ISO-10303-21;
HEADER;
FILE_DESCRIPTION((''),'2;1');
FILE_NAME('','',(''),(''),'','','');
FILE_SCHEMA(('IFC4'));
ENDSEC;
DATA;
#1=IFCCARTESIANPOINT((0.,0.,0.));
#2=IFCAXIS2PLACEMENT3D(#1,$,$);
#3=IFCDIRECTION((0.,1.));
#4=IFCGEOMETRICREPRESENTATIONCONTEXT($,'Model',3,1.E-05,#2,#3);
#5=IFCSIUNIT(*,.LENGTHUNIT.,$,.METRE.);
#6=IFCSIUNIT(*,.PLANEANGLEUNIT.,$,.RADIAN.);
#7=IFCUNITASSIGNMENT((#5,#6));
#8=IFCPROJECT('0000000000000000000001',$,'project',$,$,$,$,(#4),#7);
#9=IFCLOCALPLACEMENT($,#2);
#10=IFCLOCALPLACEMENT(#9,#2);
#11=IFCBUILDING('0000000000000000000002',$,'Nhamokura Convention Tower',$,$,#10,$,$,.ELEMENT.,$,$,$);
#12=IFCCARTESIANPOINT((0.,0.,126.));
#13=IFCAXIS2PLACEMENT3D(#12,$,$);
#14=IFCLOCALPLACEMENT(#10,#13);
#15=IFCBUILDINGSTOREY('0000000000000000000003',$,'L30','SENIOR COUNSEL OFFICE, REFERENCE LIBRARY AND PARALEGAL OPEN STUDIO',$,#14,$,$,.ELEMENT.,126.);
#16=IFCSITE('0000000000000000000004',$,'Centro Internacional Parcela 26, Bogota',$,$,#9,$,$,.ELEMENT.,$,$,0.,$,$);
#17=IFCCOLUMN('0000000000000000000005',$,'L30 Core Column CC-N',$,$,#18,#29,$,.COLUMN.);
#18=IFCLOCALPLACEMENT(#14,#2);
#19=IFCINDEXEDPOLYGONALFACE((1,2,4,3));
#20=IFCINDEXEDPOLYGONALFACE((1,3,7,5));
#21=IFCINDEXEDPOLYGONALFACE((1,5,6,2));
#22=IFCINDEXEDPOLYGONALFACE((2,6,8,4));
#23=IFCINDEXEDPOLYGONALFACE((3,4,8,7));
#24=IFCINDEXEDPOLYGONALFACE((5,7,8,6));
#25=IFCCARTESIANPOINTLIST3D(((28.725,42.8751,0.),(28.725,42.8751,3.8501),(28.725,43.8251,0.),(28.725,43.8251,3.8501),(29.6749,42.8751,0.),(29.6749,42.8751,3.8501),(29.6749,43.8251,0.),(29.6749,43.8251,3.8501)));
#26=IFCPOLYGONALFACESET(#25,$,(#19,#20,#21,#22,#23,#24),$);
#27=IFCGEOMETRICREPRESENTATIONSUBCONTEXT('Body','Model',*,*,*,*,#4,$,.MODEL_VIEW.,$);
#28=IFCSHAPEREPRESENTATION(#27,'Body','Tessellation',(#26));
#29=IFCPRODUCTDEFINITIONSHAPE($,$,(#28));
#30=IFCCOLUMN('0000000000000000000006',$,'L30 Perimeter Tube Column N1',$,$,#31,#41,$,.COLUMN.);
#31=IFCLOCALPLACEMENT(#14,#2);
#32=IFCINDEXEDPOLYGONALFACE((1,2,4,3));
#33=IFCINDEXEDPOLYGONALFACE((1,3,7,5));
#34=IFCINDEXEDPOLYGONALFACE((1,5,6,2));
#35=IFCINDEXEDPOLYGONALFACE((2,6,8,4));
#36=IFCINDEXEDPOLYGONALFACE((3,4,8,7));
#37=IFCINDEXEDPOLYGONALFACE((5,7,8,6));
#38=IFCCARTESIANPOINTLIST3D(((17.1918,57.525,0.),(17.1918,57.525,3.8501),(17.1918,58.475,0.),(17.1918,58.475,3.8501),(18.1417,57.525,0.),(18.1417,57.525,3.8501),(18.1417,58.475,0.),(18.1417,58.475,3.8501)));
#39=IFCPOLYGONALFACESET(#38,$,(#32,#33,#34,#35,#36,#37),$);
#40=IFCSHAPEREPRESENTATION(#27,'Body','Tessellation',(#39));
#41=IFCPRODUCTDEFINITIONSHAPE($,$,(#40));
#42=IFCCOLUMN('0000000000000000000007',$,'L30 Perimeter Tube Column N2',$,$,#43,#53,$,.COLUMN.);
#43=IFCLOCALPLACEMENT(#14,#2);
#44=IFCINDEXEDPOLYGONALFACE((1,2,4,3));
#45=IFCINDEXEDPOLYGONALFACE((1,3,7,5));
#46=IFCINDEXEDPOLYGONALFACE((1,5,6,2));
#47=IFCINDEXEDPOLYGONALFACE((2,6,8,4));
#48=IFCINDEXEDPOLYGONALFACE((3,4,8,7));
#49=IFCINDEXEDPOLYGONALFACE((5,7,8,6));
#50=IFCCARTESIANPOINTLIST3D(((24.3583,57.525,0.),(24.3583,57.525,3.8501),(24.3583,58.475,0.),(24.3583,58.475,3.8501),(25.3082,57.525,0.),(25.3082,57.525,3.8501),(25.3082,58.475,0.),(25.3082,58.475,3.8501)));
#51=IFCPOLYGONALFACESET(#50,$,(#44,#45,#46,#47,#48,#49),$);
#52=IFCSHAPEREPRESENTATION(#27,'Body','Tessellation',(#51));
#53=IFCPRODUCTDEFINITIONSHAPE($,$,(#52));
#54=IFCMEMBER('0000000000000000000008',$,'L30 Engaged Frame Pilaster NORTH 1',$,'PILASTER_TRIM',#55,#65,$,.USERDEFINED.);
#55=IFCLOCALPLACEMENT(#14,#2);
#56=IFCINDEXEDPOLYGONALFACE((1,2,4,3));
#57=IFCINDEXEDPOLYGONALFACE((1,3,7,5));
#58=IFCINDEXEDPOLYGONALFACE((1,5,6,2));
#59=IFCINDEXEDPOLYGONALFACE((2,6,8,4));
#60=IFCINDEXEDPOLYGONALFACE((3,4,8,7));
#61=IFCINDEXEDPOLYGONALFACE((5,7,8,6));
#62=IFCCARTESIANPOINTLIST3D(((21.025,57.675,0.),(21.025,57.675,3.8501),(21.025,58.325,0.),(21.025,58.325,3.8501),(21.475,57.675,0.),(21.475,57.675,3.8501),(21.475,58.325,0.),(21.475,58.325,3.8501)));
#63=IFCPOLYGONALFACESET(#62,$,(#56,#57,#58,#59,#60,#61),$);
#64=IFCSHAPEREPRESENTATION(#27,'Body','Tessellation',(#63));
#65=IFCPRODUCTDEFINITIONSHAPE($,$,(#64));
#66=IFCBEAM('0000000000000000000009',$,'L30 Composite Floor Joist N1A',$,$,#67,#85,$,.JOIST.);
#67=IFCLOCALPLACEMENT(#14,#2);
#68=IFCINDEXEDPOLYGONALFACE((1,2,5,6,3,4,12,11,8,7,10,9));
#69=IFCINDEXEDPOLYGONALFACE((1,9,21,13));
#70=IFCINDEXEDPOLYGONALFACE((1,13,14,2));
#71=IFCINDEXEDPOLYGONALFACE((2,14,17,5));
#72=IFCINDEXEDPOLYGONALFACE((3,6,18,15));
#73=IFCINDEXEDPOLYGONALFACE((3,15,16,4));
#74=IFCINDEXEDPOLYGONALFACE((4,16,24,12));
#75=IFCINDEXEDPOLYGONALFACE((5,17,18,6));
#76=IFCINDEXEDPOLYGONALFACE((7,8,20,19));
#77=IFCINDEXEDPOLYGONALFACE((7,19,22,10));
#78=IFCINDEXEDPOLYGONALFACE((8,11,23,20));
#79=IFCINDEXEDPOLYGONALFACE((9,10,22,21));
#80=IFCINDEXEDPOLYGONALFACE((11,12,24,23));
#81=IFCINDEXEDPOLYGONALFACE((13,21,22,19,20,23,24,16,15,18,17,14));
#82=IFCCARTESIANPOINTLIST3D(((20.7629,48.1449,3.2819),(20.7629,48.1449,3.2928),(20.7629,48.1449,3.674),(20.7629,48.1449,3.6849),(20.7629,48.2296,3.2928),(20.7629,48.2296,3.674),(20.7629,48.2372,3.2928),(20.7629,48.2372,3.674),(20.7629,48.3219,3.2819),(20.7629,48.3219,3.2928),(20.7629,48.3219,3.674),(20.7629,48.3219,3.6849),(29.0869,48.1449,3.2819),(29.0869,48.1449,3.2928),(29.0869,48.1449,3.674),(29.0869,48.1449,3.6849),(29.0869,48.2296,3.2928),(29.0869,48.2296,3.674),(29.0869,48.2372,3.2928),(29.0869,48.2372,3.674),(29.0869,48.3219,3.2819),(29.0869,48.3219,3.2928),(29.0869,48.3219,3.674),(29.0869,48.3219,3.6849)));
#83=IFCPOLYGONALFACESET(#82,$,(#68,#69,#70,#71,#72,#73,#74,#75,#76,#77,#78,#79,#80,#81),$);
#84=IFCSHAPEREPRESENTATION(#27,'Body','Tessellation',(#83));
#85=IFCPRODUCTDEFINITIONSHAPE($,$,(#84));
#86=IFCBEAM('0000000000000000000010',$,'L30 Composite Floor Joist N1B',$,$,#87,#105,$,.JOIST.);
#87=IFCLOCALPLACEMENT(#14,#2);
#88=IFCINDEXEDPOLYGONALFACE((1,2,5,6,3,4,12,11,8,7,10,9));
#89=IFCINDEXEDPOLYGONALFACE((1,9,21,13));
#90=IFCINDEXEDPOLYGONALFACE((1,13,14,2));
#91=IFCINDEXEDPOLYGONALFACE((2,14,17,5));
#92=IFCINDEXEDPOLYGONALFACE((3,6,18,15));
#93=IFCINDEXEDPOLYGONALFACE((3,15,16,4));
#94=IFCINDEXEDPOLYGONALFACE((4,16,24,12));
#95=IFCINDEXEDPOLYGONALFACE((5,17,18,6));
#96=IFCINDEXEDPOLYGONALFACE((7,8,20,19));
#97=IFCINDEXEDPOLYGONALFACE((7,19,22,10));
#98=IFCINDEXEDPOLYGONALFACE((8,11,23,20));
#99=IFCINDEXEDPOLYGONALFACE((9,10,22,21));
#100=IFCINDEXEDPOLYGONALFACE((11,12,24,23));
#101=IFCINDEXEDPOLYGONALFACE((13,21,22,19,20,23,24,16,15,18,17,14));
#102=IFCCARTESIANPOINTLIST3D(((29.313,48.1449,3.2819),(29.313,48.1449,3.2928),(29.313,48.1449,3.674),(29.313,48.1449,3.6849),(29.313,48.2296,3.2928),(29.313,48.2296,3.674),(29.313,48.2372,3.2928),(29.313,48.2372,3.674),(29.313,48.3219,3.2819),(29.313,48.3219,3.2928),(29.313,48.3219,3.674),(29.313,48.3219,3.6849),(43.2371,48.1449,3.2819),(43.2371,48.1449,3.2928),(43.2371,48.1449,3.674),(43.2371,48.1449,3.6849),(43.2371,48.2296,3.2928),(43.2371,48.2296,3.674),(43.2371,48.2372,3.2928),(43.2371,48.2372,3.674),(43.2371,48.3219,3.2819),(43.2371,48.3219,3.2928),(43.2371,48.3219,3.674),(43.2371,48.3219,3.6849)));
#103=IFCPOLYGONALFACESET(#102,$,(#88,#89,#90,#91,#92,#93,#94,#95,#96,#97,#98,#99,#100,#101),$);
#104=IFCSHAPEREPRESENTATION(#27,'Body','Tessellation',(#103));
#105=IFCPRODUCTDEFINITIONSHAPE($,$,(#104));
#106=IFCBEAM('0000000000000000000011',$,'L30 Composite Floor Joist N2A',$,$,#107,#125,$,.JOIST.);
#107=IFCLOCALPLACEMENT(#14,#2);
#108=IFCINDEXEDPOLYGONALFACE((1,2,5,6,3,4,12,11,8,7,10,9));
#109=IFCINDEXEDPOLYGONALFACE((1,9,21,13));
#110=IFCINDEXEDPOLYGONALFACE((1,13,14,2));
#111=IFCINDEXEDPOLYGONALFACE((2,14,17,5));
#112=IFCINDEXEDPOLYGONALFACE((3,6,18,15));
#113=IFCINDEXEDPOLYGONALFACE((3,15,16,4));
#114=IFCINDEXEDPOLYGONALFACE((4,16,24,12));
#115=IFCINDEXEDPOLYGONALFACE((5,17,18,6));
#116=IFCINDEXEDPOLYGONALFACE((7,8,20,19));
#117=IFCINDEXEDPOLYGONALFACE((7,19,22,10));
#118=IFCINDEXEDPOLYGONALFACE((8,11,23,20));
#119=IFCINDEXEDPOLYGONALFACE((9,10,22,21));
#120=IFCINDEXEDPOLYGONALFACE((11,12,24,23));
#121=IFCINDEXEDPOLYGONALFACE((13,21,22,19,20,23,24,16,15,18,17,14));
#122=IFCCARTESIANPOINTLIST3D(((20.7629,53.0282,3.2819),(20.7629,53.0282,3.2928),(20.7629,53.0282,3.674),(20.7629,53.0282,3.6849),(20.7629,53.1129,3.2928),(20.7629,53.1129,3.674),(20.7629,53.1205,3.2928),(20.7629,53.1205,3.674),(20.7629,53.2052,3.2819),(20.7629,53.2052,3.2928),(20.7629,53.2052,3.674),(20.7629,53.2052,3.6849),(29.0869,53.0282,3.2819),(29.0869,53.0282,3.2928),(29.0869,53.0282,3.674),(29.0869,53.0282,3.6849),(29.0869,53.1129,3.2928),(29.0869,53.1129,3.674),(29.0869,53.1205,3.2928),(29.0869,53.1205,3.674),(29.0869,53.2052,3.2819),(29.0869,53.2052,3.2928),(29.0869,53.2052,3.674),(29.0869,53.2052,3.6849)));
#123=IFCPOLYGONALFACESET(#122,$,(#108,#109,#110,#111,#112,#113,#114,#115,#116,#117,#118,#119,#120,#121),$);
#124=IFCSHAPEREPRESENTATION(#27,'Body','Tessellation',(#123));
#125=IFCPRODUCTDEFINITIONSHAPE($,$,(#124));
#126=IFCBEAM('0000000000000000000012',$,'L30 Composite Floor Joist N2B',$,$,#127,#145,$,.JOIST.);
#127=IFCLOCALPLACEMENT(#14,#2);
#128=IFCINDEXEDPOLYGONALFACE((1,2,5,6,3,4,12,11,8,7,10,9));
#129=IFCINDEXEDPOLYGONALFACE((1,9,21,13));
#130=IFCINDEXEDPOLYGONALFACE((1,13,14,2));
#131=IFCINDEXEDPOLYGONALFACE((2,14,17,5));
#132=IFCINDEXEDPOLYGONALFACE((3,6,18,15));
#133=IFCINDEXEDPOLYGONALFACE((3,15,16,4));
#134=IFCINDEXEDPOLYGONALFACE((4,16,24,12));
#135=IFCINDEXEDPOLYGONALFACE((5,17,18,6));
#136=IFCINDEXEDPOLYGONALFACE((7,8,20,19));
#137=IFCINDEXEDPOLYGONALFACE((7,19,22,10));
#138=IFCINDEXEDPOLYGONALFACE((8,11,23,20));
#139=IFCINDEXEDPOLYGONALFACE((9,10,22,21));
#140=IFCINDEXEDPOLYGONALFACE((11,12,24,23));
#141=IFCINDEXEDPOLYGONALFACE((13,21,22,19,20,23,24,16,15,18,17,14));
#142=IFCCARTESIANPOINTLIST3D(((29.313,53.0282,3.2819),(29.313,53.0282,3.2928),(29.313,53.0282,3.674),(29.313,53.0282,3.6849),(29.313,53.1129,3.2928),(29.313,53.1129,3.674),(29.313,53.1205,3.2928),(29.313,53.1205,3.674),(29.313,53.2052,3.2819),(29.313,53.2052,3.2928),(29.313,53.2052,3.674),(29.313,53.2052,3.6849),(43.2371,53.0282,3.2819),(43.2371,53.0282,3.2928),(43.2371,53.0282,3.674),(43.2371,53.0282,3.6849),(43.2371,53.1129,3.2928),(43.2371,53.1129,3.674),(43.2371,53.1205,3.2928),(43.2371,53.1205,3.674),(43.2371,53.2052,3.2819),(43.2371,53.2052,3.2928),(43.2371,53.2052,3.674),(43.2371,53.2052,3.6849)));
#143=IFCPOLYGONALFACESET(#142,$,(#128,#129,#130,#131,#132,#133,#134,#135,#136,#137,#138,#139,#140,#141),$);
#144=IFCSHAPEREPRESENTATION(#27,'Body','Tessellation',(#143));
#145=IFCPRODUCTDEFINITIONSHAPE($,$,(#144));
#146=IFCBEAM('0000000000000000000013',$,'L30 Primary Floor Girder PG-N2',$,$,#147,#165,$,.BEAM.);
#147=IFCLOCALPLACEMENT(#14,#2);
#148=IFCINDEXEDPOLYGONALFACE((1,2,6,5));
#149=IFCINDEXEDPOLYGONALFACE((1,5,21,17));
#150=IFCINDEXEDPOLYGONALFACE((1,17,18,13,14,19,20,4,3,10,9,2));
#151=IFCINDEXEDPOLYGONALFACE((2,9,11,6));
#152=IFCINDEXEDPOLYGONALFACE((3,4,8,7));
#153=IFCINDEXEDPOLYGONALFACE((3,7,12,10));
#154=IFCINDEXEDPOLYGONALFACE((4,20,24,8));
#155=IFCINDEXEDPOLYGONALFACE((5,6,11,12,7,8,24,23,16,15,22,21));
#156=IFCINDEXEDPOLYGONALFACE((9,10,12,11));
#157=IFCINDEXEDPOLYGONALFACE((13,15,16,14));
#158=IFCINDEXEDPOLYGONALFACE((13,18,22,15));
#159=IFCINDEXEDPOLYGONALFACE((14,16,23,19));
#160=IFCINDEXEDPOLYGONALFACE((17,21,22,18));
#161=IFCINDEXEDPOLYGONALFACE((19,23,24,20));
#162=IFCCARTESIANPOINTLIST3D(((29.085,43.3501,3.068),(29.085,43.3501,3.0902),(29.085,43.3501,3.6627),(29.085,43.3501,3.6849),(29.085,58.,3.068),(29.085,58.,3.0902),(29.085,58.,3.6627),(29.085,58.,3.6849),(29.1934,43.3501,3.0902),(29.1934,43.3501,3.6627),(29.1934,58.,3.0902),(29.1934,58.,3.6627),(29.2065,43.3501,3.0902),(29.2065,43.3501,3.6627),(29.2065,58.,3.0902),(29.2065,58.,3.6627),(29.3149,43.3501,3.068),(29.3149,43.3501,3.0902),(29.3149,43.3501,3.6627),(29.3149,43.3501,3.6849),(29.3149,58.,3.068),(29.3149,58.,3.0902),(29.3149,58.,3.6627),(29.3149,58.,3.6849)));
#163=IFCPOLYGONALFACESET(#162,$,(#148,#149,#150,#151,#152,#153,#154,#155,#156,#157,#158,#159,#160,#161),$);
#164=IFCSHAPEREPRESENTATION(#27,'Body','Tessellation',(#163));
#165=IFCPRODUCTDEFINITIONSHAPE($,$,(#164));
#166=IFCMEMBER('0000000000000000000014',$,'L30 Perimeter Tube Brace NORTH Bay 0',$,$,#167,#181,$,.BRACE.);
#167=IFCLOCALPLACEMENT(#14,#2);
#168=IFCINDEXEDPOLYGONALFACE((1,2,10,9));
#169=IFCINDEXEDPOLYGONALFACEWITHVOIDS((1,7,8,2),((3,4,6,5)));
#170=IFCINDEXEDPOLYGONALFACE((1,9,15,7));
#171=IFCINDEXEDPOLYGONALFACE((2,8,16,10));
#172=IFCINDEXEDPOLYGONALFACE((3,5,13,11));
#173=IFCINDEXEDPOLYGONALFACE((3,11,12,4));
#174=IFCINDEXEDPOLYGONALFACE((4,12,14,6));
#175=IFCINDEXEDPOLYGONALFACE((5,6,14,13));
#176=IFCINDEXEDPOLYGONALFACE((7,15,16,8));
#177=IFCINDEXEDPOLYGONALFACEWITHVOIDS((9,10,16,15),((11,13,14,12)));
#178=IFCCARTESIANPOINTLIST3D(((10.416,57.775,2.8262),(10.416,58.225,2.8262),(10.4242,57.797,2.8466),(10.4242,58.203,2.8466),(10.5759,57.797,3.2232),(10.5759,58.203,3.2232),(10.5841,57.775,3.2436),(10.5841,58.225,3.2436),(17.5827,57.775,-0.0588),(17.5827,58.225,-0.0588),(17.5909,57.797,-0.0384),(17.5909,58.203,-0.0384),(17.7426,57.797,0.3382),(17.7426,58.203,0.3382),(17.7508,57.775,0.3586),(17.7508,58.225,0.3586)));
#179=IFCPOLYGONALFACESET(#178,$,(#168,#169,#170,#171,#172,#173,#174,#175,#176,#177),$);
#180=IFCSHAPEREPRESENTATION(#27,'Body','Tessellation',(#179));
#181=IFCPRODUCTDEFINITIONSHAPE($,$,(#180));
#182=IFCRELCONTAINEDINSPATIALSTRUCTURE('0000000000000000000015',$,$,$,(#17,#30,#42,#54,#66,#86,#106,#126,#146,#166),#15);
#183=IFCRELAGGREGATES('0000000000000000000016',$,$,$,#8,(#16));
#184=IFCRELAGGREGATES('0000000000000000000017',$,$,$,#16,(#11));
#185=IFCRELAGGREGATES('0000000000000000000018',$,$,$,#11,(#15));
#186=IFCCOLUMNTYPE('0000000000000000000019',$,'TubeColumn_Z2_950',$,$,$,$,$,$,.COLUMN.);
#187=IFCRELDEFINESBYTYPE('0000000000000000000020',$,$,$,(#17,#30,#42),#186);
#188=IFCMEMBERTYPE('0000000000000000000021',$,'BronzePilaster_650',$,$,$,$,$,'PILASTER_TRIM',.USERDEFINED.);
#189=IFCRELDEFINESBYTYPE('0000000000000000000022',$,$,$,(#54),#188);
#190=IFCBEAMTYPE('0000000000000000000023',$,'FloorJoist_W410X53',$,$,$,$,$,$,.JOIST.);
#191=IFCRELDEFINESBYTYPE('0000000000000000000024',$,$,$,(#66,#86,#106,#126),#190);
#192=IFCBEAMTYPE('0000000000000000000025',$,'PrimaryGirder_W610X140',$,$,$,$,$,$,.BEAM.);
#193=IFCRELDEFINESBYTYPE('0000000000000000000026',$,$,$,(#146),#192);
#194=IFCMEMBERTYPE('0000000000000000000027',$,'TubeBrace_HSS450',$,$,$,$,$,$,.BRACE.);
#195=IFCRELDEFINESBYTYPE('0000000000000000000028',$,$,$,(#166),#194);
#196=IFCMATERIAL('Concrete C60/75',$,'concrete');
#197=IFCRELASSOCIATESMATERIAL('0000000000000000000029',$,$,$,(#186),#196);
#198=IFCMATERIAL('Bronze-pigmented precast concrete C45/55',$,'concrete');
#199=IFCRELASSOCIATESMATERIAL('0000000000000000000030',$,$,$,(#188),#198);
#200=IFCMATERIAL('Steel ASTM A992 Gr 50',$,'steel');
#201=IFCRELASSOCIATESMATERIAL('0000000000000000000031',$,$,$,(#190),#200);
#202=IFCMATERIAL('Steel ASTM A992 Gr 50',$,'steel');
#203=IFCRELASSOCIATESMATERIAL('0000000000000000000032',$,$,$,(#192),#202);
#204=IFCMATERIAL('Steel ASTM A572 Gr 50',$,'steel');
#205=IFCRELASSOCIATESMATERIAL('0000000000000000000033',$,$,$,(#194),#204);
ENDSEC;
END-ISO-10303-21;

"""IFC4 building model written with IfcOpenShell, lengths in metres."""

from ifc_helpers import new_model, si_unit, direction, frame, origin, origin_2d, place, context, subcontext, project, spatial, rectangle, hollow_rectangle, i_section, extrude, material, material_profile, profile_set, type_object, element, save


model = new_model("IFC4")

# Units and contexts
model_context = context("Model", 3, precision=1e-05, world=origin(), true_north=direction((0.0, 1.0)))
body_context = subcontext(model_context, "Body", "Model", "MODEL_VIEW")
ifc_project = project(units=[si_unit("LENGTHUNIT", "METRE"), si_unit("PLANEANGLEUNIT", "RADIAN")], contexts=[model_context])

# Site, building, storey
site_placement = place(None, origin())
site = spatial("IfcSite", under=ifc_project, at=site_placement, Name="Centro Internacional Parcela 26, Bogota", CompositionType="ELEMENT", RefElevation=0.0)
building_placement = place(site_placement, origin())
building = spatial("IfcBuilding", under=site, at=building_placement, Name="Nhamokura Convention Tower", CompositionType="ELEMENT")
storey_placement = place(building_placement, frame((0.0, 0.0, 126.0)))
storey = spatial("IfcBuildingStorey", under=building, at=storey_placement, Name="L30", Description="SENIOR COUNSEL OFFICE, REFERENCE LIBRARY AND PARALEGAL OPEN STUDIO", CompositionType="ELEMENT", Elevation=126.0)

# Columns
ifc_material_1 = material(Name="Concrete C60/75", Category="concrete")
ifc_material_profile_1 = material_profile(ifc_material_1, rectangle(XDim=0.95, YDim=0.95, at=origin_2d()))
ifc_profile_set_1 = profile_set([ifc_material_profile_1], Name="Concrete C60/75")
column_type = type_object("IfcColumnType", Name="TubeColumn_Z2_950", PredefinedType="COLUMN", material=ifc_profile_set_1)
for number, where, z_axis, x_axis, name in (
    (1, (29.2, 43.3501, 0.0), (0.0, 0.0, 1.0), (1.0, 0.0, 0.0), "L30 Core Column CC-N"),
    (2, (17.6667, 58.0, 0.0), (0.0, 0.0, 1.0), (1.0, 0.0, 0.0), "L30 Perimeter Tube Column N1"),
    (3, (24.8333, 58.0, 0.0), (0.0, 0.0, 1.0), (1.0, 0.0, 0.0), "L30 Perimeter Tube Column N2"),
):
    element("IfcColumn", number, at=place(storey_placement, frame(where, z_axis=z_axis, x_axis=x_axis)), inside=storey, type_object=column_type, Name=name, PredefinedType="COLUMN", context=body_context, shape_type="SweptSolid", body=[
        extrude(rectangle(XDim=0.95, YDim=0.95, at=origin_2d()), origin(), (0.0, 0.0, 1.0), 3.8501),
    ])

# Member
ifc_material_2 = material(Name="Bronze-pigmented precast concrete C45/55", Category="concrete")
ifc_material_profile_2 = material_profile(ifc_material_2, rectangle(XDim=0.45, YDim=0.6499, at=origin_2d()))
ifc_profile_set_2 = profile_set([ifc_material_profile_2], Name="Bronze-pigmented precast concrete C45/55")
member_type_1 = type_object("IfcMemberType", Name="BronzePilaster_650", ElementType="PILASTER_TRIM", PredefinedType="USERDEFINED", material=ifc_profile_set_2)
member_1_placement = place(storey_placement, frame((21.25, 58.0, 0.0), z_axis=(0.0, 0.0, 1.0), x_axis=(1.0, 0.0, 0.0)))
element("IfcMember", 4, at=member_1_placement, inside=storey, type_object=member_type_1, Name="L30 Engaged Frame Pilaster NORTH 1", ObjectType="PILASTER_TRIM", PredefinedType="USERDEFINED", context=body_context, shape_type="SweptSolid", body=[
    extrude(rectangle(XDim=0.45, YDim=0.6499, at=origin_2d()), origin(), (0.0, 0.0, 1.0), 3.8501),
])

# Beams
ifc_material_3 = material(Name="Steel ASTM A992 Gr 50", Category="steel")
ifc_material_profile_3 = material_profile(ifc_material_3, i_section(OverallWidth=0.177, OverallDepth=0.4031, WebThickness=0.0076, FlangeThickness=0.011, at=origin_2d()))
ifc_profile_set_3 = profile_set([ifc_material_profile_3], Name="Steel ASTM A992 Gr 50")
beam_type_1 = type_object("IfcBeamType", Name="FloorJoist_W410X53", PredefinedType="JOIST", material=ifc_profile_set_3)
beam_1_placement = place(storey_placement, frame((20.7629, 48.2334, 3.4834), z_axis=(1.0, 0.0, 0.0), x_axis=(0.0, 1.0, 0.0)))
element("IfcBeam", 5, at=beam_1_placement, inside=storey, type_object=beam_type_1, Name="L30 Composite Floor Joist N1A", PredefinedType="JOIST", context=body_context, shape_type="SweptSolid", body=[
    extrude(i_section(OverallWidth=0.177, OverallDepth=0.4031, WebThickness=0.0076, FlangeThickness=0.011, at=origin_2d()), origin(), (0.0, 0.0, 1.0), 8.324),
])
beam_2_placement = place(storey_placement, frame((29.313, 48.2334, 3.4834), z_axis=(1.0, 0.0, 0.0), x_axis=(0.0, 1.0, 0.0)))
element("IfcBeam", 6, at=beam_2_placement, inside=storey, type_object=beam_type_1, Name="L30 Composite Floor Joist N1B", PredefinedType="JOIST", context=body_context, shape_type="SweptSolid", body=[
    extrude(i_section(OverallWidth=0.177, OverallDepth=0.4031, WebThickness=0.0076, FlangeThickness=0.011, at=origin_2d()), origin(), (0.0, 0.0, 1.0), 13.9241),
])
beam_3_placement = place(storey_placement, frame((20.7629, 53.1167, 3.4834), z_axis=(1.0, 0.0, 0.0), x_axis=(0.0, 1.0, 0.0)))
element("IfcBeam", 7, at=beam_3_placement, inside=storey, type_object=beam_type_1, Name="L30 Composite Floor Joist N2A", PredefinedType="JOIST", context=body_context, shape_type="SweptSolid", body=[
    extrude(i_section(OverallWidth=0.177, OverallDepth=0.4031, WebThickness=0.0076, FlangeThickness=0.011, at=origin_2d()), origin(), (0.0, 0.0, 1.0), 8.324),
])
beam_4_placement = place(storey_placement, frame((29.313, 53.1167, 3.4834), z_axis=(1.0, 0.0, 0.0), x_axis=(0.0, 1.0, 0.0)))
element("IfcBeam", 8, at=beam_4_placement, inside=storey, type_object=beam_type_1, Name="L30 Composite Floor Joist N2B", PredefinedType="JOIST", context=body_context, shape_type="SweptSolid", body=[
    extrude(i_section(OverallWidth=0.177, OverallDepth=0.4031, WebThickness=0.0076, FlangeThickness=0.011, at=origin_2d()), origin(), (0.0, 0.0, 1.0), 13.9241),
])
ifc_material_4 = material(Name="Steel ASTM A992 Gr 50", Category="steel")
ifc_material_profile_4 = material_profile(ifc_material_4, i_section(OverallWidth=0.23, OverallDepth=0.6169, WebThickness=0.0132, FlangeThickness=0.0222, at=origin_2d()))
ifc_profile_set_4 = profile_set([ifc_material_profile_4], Name="Steel ASTM A992 Gr 50")
beam_type_2 = type_object("IfcBeamType", Name="PrimaryGirder_W610X140", PredefinedType="BEAM", material=ifc_profile_set_4)
beam_5_placement = place(storey_placement, frame((29.2, 43.3501, 3.3765), z_axis=(0.0, 1.0, 0.0), x_axis=(-1.0, 0.0, 0.0)))
element("IfcBeam", 9, at=beam_5_placement, inside=storey, type_object=beam_type_2, Name="L30 Primary Floor Girder PG-N2", PredefinedType="BEAM", context=body_context, shape_type="SweptSolid", body=[
    extrude(i_section(OverallWidth=0.23, OverallDepth=0.6169, WebThickness=0.0132, FlangeThickness=0.0222, at=origin_2d()), origin(), (0.0, 0.0, 1.0), 14.6499),
])

# Member
ifc_material_5 = material(Name="Steel ASTM A572 Gr 50", Category="steel")
ifc_material_profile_5 = material_profile(ifc_material_5, hollow_rectangle(XDim=0.45, YDim=0.45, WallThickness=0.022, at=origin_2d()))
ifc_profile_set_5 = profile_set([ifc_material_profile_5], Name="Steel ASTM A572 Gr 50")
member_type_2 = type_object("IfcMemberType", Name="TubeBrace_HSS450", PredefinedType="BRACE", material=ifc_profile_set_5)
member_2_placement = place(storey_placement, frame((17.6667, 58.0, 0.1499), z_axis=(-0.927657, 0.0, 0.373433), x_axis=(0.0, -1.0, 0.0)))
element("IfcMember", 10, at=member_2_placement, inside=storey, type_object=member_type_2, Name="L30 Perimeter Tube Brace NORTH Bay 0", PredefinedType="BRACE", context=body_context, shape_type="SweptSolid", body=[
    extrude(hollow_rectangle(XDim=0.45, YDim=0.45, WallThickness=0.022, at=origin_2d()), origin(), (0.0, 0.0, 1.0), 7.7256),
])

save(model, "model.ifc")
